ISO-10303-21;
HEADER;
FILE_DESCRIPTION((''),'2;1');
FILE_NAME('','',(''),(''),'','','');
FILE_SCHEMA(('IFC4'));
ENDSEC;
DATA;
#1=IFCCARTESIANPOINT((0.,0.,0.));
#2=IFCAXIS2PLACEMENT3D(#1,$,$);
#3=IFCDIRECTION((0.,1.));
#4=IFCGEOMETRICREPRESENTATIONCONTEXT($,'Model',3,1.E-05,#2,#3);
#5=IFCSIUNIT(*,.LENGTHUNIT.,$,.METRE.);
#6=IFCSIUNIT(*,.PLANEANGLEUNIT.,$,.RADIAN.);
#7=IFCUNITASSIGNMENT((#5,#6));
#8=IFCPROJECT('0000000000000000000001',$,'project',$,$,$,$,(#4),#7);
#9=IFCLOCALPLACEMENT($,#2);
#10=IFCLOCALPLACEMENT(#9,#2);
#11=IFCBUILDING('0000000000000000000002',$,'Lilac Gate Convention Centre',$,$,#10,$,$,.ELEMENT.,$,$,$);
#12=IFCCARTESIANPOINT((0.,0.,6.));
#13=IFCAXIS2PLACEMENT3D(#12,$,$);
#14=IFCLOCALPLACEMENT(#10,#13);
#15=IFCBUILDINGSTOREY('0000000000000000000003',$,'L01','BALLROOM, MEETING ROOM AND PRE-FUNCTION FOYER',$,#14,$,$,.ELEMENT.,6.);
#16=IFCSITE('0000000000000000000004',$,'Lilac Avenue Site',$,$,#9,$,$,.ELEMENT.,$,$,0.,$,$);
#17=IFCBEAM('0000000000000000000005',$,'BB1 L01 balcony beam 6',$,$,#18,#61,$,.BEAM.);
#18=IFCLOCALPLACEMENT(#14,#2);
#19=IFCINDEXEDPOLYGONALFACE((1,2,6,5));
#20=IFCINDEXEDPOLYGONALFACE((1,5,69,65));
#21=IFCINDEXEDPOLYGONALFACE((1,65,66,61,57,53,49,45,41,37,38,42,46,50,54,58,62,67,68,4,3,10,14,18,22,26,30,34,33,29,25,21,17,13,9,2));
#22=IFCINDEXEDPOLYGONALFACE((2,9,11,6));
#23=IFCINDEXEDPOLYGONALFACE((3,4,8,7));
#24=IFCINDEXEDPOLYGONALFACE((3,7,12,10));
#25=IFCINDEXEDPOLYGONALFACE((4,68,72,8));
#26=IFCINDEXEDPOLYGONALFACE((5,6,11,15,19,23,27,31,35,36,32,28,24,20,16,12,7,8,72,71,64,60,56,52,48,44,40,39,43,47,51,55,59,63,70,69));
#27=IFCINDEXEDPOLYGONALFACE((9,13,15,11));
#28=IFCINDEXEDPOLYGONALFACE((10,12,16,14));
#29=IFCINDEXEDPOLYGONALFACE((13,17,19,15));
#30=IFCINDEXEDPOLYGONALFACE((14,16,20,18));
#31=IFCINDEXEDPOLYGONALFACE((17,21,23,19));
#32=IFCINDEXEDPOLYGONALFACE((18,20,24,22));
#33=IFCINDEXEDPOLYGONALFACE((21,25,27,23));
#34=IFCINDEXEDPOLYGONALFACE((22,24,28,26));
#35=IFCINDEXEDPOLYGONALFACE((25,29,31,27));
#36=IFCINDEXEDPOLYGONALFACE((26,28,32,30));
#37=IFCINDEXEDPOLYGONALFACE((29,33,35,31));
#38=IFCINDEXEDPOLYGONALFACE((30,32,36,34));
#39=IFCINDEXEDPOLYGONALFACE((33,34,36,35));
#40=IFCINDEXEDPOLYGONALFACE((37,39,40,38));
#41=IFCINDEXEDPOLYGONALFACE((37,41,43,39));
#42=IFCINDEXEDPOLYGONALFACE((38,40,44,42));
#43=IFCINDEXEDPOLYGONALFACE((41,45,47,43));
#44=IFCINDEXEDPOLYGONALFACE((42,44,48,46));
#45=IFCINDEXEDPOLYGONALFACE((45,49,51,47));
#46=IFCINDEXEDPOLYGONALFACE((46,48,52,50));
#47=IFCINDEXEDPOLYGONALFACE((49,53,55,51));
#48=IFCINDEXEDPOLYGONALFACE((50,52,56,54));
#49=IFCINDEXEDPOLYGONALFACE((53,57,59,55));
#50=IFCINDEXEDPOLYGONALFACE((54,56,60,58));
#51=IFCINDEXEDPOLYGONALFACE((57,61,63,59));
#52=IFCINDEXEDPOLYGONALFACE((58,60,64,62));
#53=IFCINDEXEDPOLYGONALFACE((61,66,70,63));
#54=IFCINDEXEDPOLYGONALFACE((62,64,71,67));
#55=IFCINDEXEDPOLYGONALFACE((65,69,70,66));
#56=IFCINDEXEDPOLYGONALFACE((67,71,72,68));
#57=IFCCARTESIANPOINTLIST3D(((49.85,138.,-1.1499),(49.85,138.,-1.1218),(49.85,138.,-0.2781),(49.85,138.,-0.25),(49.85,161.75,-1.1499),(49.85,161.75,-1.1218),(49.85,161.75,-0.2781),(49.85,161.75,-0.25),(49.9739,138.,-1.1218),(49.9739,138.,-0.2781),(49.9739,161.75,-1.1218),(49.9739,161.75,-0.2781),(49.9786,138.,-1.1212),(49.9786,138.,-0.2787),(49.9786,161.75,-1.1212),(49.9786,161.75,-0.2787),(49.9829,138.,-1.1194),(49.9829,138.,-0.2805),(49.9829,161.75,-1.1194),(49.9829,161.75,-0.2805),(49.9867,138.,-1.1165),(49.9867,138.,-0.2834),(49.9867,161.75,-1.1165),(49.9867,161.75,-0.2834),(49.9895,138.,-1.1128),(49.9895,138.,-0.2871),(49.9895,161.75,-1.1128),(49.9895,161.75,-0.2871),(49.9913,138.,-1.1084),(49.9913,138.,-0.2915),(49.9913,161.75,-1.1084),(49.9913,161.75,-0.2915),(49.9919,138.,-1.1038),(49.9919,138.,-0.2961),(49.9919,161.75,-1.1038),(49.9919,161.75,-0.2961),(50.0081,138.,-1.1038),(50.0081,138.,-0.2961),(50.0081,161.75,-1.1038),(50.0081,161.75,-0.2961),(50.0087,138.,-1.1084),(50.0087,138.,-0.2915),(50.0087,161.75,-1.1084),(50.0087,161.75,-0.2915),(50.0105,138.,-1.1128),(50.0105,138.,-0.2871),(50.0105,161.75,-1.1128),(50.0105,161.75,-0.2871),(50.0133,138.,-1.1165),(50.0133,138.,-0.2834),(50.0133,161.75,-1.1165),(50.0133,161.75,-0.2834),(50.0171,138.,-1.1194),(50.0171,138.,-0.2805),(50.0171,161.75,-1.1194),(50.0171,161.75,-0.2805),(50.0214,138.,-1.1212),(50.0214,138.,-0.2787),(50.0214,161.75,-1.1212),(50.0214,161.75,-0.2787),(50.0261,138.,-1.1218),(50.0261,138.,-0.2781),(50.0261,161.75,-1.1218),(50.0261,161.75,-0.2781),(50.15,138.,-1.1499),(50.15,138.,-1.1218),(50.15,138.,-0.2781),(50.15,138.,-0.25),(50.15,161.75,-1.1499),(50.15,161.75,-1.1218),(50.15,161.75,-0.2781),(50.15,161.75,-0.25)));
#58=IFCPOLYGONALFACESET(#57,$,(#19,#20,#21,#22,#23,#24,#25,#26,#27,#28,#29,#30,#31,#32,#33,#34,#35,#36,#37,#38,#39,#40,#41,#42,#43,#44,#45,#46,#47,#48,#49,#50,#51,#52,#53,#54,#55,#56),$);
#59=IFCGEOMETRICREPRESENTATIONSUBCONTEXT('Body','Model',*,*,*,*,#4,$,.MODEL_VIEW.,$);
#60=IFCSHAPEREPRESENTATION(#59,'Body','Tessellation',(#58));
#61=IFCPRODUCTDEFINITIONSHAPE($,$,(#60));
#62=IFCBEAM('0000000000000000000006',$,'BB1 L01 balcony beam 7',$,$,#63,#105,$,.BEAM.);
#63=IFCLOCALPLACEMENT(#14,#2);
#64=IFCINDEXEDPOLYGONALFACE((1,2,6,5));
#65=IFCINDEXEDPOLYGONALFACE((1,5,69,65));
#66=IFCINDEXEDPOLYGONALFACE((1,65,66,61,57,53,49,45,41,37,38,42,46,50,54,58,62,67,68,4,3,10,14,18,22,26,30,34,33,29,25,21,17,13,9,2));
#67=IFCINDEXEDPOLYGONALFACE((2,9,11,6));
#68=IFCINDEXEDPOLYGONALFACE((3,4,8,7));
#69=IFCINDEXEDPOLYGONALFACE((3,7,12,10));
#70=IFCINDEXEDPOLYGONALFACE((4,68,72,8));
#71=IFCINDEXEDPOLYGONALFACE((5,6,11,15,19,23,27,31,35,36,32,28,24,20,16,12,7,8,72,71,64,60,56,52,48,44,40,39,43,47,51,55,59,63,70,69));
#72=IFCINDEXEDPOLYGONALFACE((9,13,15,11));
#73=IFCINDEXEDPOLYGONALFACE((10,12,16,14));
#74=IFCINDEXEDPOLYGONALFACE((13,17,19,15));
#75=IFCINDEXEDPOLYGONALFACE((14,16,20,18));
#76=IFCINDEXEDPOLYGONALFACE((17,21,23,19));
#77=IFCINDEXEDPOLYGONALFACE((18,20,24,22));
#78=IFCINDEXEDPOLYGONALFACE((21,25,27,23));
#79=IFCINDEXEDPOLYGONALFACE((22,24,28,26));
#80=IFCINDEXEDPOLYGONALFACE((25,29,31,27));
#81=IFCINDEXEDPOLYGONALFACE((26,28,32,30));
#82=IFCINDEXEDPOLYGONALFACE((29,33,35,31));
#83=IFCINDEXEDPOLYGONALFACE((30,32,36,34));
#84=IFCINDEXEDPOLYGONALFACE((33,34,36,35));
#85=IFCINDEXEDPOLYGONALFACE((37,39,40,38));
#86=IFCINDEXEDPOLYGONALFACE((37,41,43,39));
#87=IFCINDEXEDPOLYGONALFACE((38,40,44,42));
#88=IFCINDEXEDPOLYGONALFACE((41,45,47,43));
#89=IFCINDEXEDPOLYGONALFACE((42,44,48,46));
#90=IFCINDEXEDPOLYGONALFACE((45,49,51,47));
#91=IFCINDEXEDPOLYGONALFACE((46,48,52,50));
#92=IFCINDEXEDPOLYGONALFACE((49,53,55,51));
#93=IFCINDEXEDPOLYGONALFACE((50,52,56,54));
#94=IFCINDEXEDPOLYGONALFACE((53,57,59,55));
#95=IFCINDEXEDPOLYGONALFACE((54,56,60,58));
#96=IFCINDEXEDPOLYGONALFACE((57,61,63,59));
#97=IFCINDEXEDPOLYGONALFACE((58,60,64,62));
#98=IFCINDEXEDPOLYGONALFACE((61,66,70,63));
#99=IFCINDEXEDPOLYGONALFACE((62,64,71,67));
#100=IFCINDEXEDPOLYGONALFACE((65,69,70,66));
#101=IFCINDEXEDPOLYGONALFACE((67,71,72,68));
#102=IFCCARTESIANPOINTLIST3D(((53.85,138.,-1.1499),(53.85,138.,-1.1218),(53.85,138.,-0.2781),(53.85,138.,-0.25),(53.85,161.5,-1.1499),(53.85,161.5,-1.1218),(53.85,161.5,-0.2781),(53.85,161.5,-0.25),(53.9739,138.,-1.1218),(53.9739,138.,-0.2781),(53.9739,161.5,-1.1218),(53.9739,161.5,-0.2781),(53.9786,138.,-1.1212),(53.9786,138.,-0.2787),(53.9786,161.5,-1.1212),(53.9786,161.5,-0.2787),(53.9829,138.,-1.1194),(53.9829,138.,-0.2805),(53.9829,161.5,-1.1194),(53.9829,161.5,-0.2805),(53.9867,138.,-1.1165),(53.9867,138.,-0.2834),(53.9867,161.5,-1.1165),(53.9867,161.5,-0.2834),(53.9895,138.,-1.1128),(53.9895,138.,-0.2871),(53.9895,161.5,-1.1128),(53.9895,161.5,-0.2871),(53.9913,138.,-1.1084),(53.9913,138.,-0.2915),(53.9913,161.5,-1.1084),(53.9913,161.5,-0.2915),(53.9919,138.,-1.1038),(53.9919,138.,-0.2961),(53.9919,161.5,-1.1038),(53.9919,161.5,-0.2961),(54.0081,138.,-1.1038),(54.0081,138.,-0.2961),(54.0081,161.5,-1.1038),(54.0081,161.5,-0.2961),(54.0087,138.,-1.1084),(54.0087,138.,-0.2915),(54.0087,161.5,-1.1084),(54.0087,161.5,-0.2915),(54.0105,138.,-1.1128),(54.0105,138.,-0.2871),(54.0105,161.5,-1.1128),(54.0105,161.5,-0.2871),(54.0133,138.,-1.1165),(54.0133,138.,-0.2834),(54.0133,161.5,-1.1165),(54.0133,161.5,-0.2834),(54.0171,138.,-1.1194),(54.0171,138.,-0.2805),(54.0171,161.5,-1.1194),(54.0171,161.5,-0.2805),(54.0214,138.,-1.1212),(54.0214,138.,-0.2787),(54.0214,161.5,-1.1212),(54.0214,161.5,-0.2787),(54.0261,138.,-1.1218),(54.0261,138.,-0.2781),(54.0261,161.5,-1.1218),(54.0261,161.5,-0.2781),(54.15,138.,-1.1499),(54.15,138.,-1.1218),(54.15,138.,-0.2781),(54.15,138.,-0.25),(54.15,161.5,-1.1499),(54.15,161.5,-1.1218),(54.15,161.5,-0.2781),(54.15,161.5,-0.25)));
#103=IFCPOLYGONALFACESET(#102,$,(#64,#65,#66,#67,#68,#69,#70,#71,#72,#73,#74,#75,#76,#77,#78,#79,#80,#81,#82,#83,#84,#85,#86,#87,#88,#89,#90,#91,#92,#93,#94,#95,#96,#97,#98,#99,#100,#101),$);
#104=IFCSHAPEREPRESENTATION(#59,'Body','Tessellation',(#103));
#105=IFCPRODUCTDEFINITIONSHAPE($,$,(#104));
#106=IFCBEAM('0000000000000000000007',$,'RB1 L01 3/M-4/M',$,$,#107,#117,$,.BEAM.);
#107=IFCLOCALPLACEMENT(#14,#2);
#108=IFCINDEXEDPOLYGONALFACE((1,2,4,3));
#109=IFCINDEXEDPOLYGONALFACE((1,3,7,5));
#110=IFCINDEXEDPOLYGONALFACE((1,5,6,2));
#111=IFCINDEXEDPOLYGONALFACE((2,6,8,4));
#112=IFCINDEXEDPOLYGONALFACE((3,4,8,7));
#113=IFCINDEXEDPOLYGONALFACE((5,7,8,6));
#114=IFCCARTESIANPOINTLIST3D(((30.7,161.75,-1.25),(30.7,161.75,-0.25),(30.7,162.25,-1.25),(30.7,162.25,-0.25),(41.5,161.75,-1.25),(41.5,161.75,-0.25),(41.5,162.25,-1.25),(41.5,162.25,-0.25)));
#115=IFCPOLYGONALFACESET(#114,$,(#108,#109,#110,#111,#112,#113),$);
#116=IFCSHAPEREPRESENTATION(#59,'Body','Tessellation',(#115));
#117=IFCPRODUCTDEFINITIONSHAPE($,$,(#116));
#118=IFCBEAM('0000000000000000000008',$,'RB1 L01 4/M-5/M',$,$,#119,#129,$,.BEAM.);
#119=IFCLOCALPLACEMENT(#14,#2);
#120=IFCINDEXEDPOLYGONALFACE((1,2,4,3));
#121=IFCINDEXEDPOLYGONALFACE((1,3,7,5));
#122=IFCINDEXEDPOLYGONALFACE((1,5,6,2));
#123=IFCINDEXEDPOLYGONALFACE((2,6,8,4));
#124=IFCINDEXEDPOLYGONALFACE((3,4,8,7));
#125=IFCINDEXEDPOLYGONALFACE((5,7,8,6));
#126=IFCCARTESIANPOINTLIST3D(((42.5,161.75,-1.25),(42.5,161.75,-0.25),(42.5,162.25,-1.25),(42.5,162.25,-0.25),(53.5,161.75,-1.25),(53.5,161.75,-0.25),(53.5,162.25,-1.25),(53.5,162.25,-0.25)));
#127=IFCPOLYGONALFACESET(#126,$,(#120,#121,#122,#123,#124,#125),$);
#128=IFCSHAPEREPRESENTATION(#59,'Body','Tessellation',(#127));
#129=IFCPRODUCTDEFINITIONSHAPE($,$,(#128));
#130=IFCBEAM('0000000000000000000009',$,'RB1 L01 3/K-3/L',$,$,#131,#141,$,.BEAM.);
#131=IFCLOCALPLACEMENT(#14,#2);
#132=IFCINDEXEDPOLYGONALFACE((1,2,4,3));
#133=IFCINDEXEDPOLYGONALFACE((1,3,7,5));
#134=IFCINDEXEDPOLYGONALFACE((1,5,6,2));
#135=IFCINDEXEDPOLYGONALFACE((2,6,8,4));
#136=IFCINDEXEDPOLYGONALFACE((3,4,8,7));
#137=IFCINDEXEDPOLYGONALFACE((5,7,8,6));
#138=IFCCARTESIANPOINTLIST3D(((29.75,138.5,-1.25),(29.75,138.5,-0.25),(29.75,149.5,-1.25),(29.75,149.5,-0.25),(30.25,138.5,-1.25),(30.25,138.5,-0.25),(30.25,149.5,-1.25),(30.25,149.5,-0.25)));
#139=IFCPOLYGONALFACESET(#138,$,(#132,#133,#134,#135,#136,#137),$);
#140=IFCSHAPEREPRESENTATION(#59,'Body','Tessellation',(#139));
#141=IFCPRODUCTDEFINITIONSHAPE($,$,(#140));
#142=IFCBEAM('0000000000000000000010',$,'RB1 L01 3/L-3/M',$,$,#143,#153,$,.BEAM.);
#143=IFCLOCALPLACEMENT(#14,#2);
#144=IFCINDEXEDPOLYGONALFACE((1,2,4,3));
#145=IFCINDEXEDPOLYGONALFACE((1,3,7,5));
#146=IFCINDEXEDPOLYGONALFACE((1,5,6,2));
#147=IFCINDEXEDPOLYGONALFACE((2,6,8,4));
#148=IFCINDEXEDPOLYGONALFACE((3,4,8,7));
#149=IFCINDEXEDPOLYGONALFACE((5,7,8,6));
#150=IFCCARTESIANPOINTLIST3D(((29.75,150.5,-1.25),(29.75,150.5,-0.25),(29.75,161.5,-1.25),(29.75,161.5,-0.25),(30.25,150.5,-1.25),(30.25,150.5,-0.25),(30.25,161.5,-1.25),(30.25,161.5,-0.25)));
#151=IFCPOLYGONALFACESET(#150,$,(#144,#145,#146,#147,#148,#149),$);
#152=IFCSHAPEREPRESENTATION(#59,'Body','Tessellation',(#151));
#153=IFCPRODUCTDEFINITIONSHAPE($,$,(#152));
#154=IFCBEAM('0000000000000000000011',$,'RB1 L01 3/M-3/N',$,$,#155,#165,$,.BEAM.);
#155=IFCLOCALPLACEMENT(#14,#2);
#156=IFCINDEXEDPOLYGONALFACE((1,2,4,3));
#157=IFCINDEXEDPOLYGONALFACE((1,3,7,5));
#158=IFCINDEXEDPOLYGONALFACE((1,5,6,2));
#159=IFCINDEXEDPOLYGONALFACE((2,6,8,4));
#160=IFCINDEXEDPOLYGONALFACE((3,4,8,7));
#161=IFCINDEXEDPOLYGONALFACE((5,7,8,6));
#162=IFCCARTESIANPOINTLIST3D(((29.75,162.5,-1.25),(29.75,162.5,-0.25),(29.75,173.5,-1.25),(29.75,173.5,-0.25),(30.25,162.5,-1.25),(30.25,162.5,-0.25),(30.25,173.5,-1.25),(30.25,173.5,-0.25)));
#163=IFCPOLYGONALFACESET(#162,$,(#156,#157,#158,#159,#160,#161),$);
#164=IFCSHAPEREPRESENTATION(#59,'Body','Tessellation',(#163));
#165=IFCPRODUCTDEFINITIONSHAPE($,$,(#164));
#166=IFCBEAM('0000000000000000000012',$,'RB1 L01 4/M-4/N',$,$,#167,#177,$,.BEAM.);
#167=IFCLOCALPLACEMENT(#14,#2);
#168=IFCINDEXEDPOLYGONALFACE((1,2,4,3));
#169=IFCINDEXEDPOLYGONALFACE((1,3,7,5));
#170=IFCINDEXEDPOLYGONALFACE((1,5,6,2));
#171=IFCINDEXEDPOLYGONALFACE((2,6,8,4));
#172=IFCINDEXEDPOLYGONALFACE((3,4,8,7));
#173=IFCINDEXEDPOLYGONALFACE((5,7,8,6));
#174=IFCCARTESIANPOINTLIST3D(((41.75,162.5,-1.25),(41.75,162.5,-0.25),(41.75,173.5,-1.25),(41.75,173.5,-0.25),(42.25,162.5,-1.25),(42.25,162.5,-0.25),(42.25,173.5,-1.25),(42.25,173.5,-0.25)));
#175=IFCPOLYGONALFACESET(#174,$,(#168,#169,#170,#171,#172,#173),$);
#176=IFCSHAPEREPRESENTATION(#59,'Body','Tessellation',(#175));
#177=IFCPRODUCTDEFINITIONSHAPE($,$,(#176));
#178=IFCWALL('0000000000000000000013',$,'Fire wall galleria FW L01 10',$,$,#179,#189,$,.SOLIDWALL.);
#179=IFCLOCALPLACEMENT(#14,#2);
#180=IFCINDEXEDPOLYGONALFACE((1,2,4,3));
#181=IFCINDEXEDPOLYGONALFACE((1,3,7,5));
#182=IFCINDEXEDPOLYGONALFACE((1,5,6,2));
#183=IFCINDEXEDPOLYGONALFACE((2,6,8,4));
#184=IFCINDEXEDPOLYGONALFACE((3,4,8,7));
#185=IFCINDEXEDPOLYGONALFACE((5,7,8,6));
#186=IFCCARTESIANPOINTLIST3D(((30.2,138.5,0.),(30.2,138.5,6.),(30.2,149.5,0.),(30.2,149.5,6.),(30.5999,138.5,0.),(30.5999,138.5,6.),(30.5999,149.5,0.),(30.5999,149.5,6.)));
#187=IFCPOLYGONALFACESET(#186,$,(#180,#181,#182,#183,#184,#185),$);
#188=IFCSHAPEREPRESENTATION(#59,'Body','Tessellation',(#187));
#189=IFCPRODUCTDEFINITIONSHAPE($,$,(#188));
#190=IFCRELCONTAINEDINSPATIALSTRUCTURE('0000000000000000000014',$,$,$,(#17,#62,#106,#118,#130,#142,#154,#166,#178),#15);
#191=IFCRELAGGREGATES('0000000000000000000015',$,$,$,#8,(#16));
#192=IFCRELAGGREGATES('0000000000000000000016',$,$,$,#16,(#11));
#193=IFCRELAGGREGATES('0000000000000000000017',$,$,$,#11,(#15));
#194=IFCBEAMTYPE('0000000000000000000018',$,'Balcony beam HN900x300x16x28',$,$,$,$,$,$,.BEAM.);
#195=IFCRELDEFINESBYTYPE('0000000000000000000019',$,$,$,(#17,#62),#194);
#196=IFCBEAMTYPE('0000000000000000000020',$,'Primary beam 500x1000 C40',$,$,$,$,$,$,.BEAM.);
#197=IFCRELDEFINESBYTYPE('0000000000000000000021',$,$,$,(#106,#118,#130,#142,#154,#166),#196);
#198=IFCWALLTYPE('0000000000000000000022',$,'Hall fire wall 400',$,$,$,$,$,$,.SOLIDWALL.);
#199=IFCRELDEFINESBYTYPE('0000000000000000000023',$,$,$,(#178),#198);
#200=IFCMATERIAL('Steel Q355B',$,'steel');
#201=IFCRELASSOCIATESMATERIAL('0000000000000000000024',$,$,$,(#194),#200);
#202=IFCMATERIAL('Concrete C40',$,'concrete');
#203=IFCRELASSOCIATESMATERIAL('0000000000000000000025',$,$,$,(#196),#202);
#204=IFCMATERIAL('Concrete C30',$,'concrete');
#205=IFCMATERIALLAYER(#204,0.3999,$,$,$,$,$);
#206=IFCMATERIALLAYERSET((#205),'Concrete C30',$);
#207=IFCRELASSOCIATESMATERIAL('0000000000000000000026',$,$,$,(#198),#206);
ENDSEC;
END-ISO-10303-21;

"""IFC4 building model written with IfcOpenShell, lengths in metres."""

from ifc_helpers import new_model, si_unit, direction, frame, frame_2d, origin, origin_2d, place, context, subcontext, project, spatial, rectangle, i_section, extrude, material, layer, layer_set, material_profile, profile_set, type_object, element, save


model = new_model("IFC4")

# Units and contexts
model_context = context("Model", 3, precision=1e-05, world=origin(), true_north=direction((0.0, 1.0)))
body_context = subcontext(model_context, "Body", "Model", "MODEL_VIEW")
ifc_project = project(units=[si_unit("LENGTHUNIT", "METRE"), si_unit("PLANEANGLEUNIT", "RADIAN")], contexts=[model_context])

# Site, building, storey
site_placement = place(None, origin())
site = spatial("IfcSite", under=ifc_project, at=site_placement, Name="Lilac Avenue Site", CompositionType="ELEMENT", RefElevation=0.0)
building_placement = place(site_placement, origin())
building = spatial("IfcBuilding", under=site, at=building_placement, Name="Lilac Gate Convention Centre", CompositionType="ELEMENT")
storey_placement = place(building_placement, frame((0.0, 0.0, 6.0)))
storey = spatial("IfcBuildingStorey", under=building, at=storey_placement, Name="L01", Description="BALLROOM, MEETING ROOM AND PRE-FUNCTION FOYER", CompositionType="ELEMENT", Elevation=6.0)

# Shared definitions
ifc_material_1 = material(Name="Concrete C40", Category="concrete")

# Beams
ifc_material_2 = material(Name="Steel Q355B", Category="steel")
ifc_material_profile_1 = material_profile(ifc_material_2, i_section(OverallWidth=0.3, OverallDepth=0.8999, WebThickness=0.0161, FlangeThickness=0.0281, FilletRadius=0.0181, at=origin_2d()), Name="HN900x300x16x28")
ifc_profile_set_1 = profile_set([ifc_material_profile_1], Name="Steel Q355B")
beam_type_1 = type_object("IfcBeamType", Name="Balcony beam HN900x300x16x28", PredefinedType="BEAM", material=ifc_profile_set_1)
for number, where, z_axis, x_axis, name in (
    (1, (50.0, 138.0, -0.7), (0.0, 1.0, 0.0), (-1.0, 0.0, 0.0), "BB1 L01 balcony beam 6"),
):
    element("IfcBeam", number, at=place(storey_placement, frame(where, z_axis=z_axis, x_axis=x_axis)), inside=storey, type_object=beam_type_1, Name=name, PredefinedType="BEAM", context=body_context, shape_type="SweptSolid", body=[
        extrude(i_section(OverallWidth=0.3, OverallDepth=0.8999, WebThickness=0.0161, FlangeThickness=0.0281, FilletRadius=0.0181, at=origin_2d()), origin(), (0.0, 0.0, 1.0), 23.75),
    ])
beam_1_placement = place(storey_placement, frame((54.0, 138.0, -0.7), z_axis=(0.0, 1.0, 0.0), x_axis=(-1.0, 0.0, 0.0)))
element("IfcBeam", 2, at=beam_1_placement, inside=storey, type_object=beam_type_1, Name="BB1 L01 balcony beam 7", PredefinedType="BEAM", context=body_context, shape_type="SweptSolid", body=[
    extrude(i_section(OverallWidth=0.3, OverallDepth=0.8999, WebThickness=0.0161, FlangeThickness=0.0281, FilletRadius=0.0181, at=origin_2d()), origin(), (0.0, 0.0, 1.0), 23.5),
])
ifc_material_profile_2 = material_profile(ifc_material_1, rectangle(XDim=0.5, YDim=1.0, at=origin_2d()), Name="RC 500x1000")
ifc_profile_set_2 = profile_set([ifc_material_profile_2], Name="Concrete C40")
beam_type_2 = type_object("IfcBeamType", Name="Primary beam 500x1000 C40", PredefinedType="BEAM", material=ifc_profile_set_2)
beam_2_placement = place(storey_placement, frame((30.7, 162.0, -0.75), z_axis=(1.0, 0.0, 0.0), x_axis=(0.0, 1.0, 0.0)))
element("IfcBeam", 3, at=beam_2_placement, inside=storey, type_object=beam_type_2, Name="RB1 L01 3/M-4/M", PredefinedType="BEAM", context=body_context, shape_type="SweptSolid", body=[
    extrude(rectangle(XDim=0.5, YDim=1.0, at=origin_2d()), origin(), (0.0, 0.0, 1.0), 10.8),
])
for number, where, z_axis, x_axis, name in (
    (4, (42.5, 162.0, -0.75), (1.0, 0.0, 0.0), (0.0, 1.0, 0.0), "RB1 L01 4/M-5/M"),
    (5, (30.0, 138.5, -0.75), (0.0, 1.0, 0.0), (-1.0, 0.0, 0.0), "RB1 L01 3/K-3/L"),
    (6, (30.0, 150.5, -0.75), (0.0, 1.0, 0.0), (-1.0, 0.0, 0.0), "RB1 L01 3/L-3/M"),
    (7, (30.0, 162.5, -0.75), (0.0, 1.0, 0.0), (-1.0, 0.0, 0.0), "RB1 L01 3/M-3/N"),
    (8, (42.0, 162.5, -0.75), (0.0, 1.0, 0.0), (-1.0, 0.0, 0.0), "RB1 L01 4/M-4/N"),
):
    element("IfcBeam", number, at=place(storey_placement, frame(where, z_axis=z_axis, x_axis=x_axis)), inside=storey, type_object=beam_type_2, Name=name, PredefinedType="BEAM", context=body_context, shape_type="SweptSolid", body=[
        extrude(rectangle(XDim=0.5, YDim=1.0, at=origin_2d()), origin(), (0.0, 0.0, 1.0), 11.0),
    ])

# Wall
ifc_material_3 = material(Name="Concrete C30", Category="concrete")
ifc_layer = layer(ifc_material_3, 0.3999)
ifc_layer_set = layer_set([ifc_layer], Name="Concrete C30")
wall_type = type_object("IfcWallType", Name="Hall fire wall 400", PredefinedType="SOLIDWALL", material=ifc_layer_set)
wall_1_placement = place(storey_placement, frame((30.3999, 138.5, 0.0), z_axis=(0.0, 0.0, 1.0), x_axis=(0.0, 1.0, 0.0)))
element("IfcWall", 9, at=wall_1_placement, inside=storey, type_object=wall_type, Name="Fire wall galleria FW L01 10", PredefinedType="SOLIDWALL", context=body_context, shape_type="SweptSolid", body=[
    extrude(rectangle(XDim=11.0, YDim=0.3999, at=frame_2d((5.5, 0.0))), origin(), (0.0, 0.0, 1.0), 6.0),
])

save(model, "model.ifc")
